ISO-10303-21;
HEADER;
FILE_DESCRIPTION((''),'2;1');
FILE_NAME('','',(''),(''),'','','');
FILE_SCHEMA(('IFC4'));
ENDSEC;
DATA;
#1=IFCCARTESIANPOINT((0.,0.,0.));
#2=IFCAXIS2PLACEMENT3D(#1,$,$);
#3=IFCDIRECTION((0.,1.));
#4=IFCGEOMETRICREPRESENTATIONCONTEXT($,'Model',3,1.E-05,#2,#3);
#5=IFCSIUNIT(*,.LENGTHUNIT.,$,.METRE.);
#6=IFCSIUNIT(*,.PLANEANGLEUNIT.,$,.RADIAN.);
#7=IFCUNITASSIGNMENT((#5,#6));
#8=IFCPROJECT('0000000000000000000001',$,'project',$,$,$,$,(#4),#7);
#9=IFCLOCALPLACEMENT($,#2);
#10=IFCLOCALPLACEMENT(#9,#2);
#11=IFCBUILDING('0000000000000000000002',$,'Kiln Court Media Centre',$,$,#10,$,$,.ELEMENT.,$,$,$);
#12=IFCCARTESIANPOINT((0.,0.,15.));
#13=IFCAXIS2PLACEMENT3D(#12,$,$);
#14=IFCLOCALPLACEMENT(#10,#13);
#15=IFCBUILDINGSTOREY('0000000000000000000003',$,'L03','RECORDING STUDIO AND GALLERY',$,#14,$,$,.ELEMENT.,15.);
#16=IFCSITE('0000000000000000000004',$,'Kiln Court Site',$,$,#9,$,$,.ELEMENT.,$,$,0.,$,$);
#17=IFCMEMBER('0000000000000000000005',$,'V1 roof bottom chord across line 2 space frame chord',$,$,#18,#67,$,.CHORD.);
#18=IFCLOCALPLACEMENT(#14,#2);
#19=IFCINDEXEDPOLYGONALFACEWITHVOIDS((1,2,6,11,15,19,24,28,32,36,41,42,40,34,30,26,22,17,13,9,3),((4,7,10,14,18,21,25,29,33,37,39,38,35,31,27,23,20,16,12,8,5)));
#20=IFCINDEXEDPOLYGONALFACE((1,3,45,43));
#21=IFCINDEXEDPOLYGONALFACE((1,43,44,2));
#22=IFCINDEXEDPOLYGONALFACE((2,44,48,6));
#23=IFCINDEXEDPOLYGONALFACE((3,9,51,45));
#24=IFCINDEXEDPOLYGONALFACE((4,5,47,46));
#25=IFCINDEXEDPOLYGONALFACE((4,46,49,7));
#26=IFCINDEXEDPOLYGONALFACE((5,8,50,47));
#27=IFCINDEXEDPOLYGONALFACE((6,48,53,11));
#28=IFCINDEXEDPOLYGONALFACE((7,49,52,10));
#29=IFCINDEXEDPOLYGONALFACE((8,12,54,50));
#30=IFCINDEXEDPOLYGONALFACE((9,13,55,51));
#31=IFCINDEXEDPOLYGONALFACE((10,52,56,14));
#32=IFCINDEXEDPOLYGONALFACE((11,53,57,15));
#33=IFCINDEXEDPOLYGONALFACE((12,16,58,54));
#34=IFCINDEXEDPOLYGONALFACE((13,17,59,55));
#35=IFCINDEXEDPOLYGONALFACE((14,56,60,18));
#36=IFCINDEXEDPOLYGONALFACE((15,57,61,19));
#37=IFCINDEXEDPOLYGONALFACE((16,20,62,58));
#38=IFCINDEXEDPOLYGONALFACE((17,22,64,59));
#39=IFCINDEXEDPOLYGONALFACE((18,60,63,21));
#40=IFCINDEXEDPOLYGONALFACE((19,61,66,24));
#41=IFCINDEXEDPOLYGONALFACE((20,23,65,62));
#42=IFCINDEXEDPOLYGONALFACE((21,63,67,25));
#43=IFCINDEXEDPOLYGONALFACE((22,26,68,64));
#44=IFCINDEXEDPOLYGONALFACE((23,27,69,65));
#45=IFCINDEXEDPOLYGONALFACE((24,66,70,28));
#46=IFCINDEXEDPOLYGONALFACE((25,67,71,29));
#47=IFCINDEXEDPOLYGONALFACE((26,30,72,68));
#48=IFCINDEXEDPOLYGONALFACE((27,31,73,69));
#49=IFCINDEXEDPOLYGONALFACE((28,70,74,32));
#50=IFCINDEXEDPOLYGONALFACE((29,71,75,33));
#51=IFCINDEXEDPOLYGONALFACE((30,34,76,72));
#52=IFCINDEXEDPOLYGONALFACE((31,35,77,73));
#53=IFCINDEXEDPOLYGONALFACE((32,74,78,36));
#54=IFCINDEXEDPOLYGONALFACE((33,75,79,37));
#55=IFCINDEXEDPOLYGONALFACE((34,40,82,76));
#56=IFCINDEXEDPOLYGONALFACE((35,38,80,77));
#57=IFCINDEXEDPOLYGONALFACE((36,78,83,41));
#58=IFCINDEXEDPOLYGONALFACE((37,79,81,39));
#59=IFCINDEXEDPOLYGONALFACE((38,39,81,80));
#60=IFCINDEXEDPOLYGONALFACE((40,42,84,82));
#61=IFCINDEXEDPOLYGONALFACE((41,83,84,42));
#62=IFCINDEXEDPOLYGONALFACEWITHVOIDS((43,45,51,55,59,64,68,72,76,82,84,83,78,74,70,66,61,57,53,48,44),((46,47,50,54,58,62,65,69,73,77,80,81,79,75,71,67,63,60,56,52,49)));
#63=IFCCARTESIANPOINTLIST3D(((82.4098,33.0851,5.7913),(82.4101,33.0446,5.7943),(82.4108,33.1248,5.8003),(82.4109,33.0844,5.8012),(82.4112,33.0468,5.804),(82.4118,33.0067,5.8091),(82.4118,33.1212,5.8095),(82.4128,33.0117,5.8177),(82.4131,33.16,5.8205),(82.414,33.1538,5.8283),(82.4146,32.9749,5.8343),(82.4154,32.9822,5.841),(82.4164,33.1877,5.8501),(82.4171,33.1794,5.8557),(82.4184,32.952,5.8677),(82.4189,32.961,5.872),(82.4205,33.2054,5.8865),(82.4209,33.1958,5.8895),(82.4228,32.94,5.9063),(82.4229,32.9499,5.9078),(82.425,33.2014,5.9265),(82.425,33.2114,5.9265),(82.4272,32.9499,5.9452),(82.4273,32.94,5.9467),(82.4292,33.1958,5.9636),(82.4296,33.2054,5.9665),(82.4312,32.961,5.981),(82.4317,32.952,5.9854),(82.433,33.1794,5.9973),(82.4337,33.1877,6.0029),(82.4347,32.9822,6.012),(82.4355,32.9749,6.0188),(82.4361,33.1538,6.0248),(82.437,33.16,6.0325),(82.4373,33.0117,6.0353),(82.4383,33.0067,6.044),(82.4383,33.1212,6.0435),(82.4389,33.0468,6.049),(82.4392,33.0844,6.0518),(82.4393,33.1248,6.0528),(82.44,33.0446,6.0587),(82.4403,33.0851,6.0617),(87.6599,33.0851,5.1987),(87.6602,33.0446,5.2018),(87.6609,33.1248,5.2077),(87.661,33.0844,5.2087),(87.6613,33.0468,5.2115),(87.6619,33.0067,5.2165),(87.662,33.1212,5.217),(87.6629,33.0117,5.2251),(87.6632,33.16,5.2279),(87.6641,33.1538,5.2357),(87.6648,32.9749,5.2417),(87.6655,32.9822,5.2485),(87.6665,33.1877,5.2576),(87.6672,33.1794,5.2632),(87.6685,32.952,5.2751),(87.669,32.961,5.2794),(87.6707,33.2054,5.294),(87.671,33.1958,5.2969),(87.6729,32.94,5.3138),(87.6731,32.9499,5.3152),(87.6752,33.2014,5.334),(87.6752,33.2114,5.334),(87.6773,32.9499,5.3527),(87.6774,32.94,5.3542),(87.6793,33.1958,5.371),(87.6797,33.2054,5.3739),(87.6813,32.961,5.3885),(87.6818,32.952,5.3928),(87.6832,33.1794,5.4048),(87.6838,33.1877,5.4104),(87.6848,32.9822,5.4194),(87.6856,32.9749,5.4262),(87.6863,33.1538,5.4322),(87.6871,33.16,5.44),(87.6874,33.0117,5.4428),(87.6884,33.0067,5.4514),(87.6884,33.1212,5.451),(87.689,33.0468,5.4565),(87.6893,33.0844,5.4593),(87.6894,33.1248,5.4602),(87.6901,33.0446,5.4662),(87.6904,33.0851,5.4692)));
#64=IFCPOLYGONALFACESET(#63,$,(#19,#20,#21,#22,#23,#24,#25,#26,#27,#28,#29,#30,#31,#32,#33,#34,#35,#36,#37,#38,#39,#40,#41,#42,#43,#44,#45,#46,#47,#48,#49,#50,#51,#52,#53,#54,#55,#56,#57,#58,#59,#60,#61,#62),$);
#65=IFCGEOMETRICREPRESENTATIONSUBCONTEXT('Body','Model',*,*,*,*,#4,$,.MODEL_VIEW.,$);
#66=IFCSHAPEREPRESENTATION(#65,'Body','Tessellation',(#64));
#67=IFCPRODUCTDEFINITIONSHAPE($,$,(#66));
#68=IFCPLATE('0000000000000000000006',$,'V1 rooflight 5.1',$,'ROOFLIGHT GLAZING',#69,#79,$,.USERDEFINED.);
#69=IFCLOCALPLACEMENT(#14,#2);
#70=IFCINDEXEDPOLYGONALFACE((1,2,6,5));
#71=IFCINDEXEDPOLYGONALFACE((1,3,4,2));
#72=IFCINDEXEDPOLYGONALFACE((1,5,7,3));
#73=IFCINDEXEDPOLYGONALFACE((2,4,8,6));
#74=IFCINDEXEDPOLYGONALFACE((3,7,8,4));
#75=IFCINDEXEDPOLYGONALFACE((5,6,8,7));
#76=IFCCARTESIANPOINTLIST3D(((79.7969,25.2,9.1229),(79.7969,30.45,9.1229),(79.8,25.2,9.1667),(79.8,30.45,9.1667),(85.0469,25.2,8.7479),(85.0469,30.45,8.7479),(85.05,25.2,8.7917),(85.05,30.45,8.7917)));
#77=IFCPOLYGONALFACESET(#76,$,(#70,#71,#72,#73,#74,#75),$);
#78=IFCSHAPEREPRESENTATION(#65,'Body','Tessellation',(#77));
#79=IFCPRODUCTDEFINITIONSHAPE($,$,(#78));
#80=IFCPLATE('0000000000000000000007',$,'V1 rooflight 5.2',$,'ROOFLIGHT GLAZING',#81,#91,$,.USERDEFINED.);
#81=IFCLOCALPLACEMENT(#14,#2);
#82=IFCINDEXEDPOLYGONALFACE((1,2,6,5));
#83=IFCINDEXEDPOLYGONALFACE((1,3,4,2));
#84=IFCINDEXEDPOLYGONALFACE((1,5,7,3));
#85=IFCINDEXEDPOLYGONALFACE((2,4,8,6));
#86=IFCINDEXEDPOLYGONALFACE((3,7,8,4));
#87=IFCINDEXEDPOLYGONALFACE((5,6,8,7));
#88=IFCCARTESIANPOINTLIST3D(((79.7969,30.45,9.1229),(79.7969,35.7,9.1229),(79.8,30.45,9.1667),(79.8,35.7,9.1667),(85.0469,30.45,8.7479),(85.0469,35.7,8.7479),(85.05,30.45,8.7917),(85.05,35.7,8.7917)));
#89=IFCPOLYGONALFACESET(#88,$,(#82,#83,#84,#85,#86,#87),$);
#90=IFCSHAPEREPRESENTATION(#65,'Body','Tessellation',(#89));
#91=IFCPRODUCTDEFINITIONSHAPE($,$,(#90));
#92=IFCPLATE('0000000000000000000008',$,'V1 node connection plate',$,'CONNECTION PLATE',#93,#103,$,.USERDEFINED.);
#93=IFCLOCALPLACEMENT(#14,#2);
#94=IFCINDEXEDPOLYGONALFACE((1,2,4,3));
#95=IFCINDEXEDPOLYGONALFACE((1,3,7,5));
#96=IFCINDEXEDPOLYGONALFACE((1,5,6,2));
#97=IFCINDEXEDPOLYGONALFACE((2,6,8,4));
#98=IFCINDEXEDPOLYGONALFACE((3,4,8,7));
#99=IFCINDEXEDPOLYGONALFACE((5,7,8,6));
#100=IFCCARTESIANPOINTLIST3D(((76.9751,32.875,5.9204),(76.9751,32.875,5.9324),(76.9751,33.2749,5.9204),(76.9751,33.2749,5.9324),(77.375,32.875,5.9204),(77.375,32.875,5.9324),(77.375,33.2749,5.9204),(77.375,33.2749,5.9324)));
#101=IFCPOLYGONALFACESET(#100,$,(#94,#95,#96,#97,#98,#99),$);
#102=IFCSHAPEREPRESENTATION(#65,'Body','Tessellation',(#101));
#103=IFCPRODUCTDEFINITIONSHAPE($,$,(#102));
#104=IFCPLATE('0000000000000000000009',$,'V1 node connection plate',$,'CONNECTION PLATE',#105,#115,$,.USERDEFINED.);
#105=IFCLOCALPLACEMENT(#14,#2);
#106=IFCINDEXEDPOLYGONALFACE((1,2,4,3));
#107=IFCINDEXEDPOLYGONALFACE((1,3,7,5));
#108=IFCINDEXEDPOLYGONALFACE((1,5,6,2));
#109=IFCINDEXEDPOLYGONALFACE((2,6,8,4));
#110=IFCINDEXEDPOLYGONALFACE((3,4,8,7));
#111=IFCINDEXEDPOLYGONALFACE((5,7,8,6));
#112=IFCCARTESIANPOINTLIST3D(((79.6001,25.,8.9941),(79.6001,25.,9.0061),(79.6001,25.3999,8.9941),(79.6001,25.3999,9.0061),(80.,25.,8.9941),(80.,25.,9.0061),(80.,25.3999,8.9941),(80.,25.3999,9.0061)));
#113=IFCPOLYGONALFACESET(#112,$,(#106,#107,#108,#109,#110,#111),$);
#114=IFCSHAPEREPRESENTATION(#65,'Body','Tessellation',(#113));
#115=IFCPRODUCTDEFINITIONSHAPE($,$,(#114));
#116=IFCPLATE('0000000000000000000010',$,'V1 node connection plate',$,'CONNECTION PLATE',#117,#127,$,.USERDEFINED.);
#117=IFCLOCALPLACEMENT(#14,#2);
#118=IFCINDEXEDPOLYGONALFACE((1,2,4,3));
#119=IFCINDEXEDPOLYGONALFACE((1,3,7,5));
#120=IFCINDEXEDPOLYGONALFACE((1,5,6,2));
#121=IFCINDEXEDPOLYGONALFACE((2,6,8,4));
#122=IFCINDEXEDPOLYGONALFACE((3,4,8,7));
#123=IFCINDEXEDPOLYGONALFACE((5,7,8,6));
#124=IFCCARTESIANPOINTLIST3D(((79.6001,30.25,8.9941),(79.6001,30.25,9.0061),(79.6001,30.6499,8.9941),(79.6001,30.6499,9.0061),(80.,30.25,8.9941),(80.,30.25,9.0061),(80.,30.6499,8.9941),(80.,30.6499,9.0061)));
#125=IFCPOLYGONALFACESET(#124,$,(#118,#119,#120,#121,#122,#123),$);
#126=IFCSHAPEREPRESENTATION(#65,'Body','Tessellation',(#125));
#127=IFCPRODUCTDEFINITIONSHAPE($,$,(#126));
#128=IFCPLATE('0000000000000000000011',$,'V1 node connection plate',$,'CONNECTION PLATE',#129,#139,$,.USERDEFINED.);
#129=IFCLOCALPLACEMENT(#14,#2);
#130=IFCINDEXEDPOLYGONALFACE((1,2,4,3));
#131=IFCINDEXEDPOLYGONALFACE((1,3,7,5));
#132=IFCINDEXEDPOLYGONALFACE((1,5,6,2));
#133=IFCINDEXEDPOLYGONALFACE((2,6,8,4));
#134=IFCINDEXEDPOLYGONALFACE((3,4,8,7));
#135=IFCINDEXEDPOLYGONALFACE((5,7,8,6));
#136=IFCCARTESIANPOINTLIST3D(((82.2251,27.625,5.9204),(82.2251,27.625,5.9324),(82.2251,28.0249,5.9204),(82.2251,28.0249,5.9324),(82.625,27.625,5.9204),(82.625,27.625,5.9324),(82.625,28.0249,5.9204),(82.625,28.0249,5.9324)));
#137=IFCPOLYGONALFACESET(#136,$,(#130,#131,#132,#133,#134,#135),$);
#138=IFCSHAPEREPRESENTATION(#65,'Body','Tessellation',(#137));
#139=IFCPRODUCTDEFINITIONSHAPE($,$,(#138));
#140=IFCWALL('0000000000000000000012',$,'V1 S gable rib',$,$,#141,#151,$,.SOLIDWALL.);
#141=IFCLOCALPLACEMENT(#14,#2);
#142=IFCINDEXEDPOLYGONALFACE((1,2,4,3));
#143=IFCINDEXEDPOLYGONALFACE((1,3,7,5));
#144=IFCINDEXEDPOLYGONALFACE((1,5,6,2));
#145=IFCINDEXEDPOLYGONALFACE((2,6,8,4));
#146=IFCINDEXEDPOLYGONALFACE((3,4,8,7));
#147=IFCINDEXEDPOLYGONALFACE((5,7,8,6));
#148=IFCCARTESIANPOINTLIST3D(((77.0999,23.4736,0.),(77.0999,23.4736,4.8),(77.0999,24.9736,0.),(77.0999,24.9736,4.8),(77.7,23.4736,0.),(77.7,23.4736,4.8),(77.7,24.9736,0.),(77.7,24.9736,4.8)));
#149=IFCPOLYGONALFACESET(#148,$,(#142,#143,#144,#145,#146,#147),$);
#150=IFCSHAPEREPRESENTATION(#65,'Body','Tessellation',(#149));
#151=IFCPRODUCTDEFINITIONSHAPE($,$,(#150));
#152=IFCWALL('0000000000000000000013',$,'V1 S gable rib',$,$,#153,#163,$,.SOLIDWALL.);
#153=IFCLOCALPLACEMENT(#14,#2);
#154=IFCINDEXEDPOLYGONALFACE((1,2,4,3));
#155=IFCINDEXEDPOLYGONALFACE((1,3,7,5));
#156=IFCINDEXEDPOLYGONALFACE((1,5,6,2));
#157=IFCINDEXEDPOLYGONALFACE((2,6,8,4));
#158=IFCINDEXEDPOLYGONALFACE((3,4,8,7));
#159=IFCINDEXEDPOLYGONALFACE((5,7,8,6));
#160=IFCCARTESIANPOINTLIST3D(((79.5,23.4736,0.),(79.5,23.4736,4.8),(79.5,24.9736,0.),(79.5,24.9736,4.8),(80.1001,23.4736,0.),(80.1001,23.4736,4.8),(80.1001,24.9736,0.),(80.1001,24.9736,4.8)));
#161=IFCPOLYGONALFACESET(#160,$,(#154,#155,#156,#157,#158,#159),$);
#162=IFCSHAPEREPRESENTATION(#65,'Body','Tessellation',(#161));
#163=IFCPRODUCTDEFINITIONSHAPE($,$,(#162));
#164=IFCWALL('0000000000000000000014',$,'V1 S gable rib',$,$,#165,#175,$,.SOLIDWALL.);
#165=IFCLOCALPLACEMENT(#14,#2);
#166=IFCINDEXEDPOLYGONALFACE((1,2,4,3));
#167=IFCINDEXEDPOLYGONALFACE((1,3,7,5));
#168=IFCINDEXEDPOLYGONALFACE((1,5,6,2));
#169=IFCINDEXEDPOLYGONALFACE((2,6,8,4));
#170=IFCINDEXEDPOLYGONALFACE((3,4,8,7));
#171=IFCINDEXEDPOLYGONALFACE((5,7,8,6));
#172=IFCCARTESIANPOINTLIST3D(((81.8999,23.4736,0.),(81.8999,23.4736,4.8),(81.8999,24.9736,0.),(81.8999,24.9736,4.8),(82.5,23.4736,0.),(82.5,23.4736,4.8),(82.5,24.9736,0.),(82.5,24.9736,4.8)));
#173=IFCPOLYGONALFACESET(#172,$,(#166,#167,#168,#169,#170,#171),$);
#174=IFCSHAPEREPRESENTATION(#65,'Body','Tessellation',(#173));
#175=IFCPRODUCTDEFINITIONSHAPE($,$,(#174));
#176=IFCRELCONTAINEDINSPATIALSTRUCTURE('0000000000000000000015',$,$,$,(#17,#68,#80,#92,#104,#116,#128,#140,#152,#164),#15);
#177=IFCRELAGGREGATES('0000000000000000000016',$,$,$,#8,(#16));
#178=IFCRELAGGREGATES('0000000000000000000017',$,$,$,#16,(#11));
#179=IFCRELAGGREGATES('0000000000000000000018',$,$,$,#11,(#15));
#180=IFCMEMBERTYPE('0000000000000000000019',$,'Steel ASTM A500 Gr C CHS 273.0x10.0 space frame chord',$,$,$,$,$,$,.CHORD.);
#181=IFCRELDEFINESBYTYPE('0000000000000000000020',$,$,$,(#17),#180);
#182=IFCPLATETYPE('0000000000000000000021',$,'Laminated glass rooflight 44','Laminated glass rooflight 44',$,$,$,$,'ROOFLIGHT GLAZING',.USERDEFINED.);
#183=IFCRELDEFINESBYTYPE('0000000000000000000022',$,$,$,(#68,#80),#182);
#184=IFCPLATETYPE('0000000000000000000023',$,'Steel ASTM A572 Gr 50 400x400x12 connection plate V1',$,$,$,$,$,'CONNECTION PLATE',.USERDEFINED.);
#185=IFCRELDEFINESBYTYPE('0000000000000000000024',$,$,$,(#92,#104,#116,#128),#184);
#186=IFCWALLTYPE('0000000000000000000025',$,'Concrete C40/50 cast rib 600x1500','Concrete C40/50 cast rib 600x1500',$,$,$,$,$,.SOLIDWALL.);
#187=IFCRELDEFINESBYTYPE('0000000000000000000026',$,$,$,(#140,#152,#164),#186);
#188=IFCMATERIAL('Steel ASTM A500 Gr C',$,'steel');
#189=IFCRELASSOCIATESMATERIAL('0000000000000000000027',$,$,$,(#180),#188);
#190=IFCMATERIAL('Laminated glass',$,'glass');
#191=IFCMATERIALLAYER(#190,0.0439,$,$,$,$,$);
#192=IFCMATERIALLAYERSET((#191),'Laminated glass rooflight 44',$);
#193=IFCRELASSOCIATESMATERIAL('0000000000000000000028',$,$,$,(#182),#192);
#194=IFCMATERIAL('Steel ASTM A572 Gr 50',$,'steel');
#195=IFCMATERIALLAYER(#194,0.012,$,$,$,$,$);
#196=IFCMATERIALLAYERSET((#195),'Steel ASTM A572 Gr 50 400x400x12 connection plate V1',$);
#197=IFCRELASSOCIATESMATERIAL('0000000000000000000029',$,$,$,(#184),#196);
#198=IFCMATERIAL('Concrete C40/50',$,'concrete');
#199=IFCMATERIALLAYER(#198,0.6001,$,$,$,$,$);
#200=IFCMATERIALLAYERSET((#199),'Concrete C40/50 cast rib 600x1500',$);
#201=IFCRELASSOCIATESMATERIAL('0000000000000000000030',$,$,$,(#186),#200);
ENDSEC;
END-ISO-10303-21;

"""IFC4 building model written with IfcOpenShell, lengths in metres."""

from ifc_helpers import new_model, si_unit, direction, frame, frame_2d, origin, origin_2d, place, context, subcontext, project, spatial, polyline, rectangle, hollow_circle, outline, extrude, material, layer, layer_set, material_profile, profile_set, type_object, element, save


model = new_model("IFC4")

# Units and contexts
model_context = context("Model", 3, precision=1e-05, world=origin(), true_north=direction((0.0, 1.0)))
body_context = subcontext(model_context, "Body", "Model", "MODEL_VIEW")
ifc_project = project(units=[si_unit("LENGTHUNIT", "METRE"), si_unit("PLANEANGLEUNIT", "RADIAN")], contexts=[model_context])

# Site, building, storey
site_placement = place(None, origin())
site = spatial("IfcSite", under=ifc_project, at=site_placement, Name="Kiln Court Site", CompositionType="ELEMENT", RefElevation=0.0)
building_placement = place(site_placement, origin())
building = spatial("IfcBuilding", under=site, at=building_placement, Name="Kiln Court Media Centre", CompositionType="ELEMENT")
storey_placement = place(building_placement, frame((0.0, 0.0, 15.0)))
storey = spatial("IfcBuildingStorey", under=building, at=storey_placement, Name="L03", Description="RECORDING STUDIO AND GALLERY", CompositionType="ELEMENT", Elevation=15.0)

# Member
ifc_material_1 = material(Name="Steel ASTM A500 Gr C", Category="steel")
ifc_material_profile_1 = material_profile(ifc_material_1, hollow_circle(Radius=0.1365, WallThickness=0.01, at=origin_2d()), Name="CHS 273.0x10.0")
ifc_profile_set_1 = profile_set([ifc_material_profile_1], Name="Steel ASTM A500 Gr C")
member_type_1 = type_object("IfcMemberType", Name="Steel ASTM A500 Gr C CHS 273.0x10.0 space frame chord", PredefinedType="CHORD", material=ifc_profile_set_1)
for number, where, z_axis, x_axis, name in (
    (1, (82.425, 33.075, 5.9265), (0.993691, 0.0, -0.112151), (0.0, 1.0, 0.0), "V1 roof bottom chord across line 2 space frame chord"),
):
    element("IfcMember", number, at=place(storey_placement, frame(where, z_axis=z_axis, x_axis=x_axis)), inside=storey, type_object=member_type_1, Name=name, PredefinedType="CHORD", context=body_context, shape_type="SweptSolid", body=[
        extrude(hollow_circle(Radius=0.1365, WallThickness=0.01, at=origin_2d()), origin(), (0.0, 0.0, 1.0), 5.2834),
    ])

# Plates
ifc_material_2 = material(Name="Laminated glass", Category="glass")
ifc_layer_1 = layer(ifc_material_2, 0.0439)
ifc_layer_set_1 = layer_set([ifc_layer_1], Name="Laminated glass rooflight 44")
plate_type_1 = type_object("IfcPlateType", Name="Laminated glass rooflight 44", Description="Laminated glass rooflight 44", ElementType="ROOFLIGHT GLAZING", PredefinedType="USERDEFINED", material=ifc_layer_set_1)
for number, where, z_axis, x_axis, name in (
    (2, (79.8, 25.2, 9.1667), (0.071247, 0.0, 0.997459), (0.997459, 0.0, -0.071247), "V1 rooflight 5.1"),
    (3, (79.8, 30.45, 9.1667), (0.071247, 0.0, 0.997459), (0.997459, 0.0, -0.071247), "V1 rooflight 5.2"),
):
    element("IfcPlate", number, at=place(storey_placement, frame(where, z_axis=z_axis, x_axis=x_axis)), inside=storey, type_object=plate_type_1, Name=name, ObjectType="ROOFLIGHT GLAZING", PredefinedType="USERDEFINED", context=body_context, shape_type="SweptSolid", body=[
        extrude(outline(polyline([(0.0, 0.0), (5.2634, 0.0), (5.2634, 5.25), (0.0, 5.25), (0.0, 0.0)])), origin(), (0.0, 0.0, -1.0), 0.0439),
    ])
ifc_material_3 = material(Name="Steel ASTM A572 Gr 50", Category="steel")
ifc_layer_2 = layer(ifc_material_3, 0.012)
ifc_layer_set_2 = layer_set([ifc_layer_2], Name="Steel ASTM A572 Gr 50 400x400x12 connection plate V1")
plate_type_2 = type_object("IfcPlateType", Name="Steel ASTM A572 Gr 50 400x400x12 connection plate V1", ElementType="CONNECTION PLATE", PredefinedType="USERDEFINED", material=ifc_layer_set_2)
for number, where, z_axis, x_axis, name in (
    (4, (77.175, 33.075, 5.9204), (0.0, 0.0, 1.0), (1.0, 0.0, 0.0), "V1 node connection plate"),
    (5, (79.8, 25.2, 8.9941), (0.0, 0.0, 1.0), (1.0, 0.0, 0.0), "V1 node connection plate"),
    (6, (79.8, 30.45, 8.9941), (0.0, 0.0, 1.0), (1.0, 0.0, 0.0), "V1 node connection plate"),
    (7, (82.425, 27.825, 5.9204), (0.0, 0.0, 1.0), (1.0, 0.0, 0.0), "V1 node connection plate"),
):
    element("IfcPlate", number, at=place(storey_placement, frame(where, z_axis=z_axis, x_axis=x_axis)), inside=storey, type_object=plate_type_2, Name=name, ObjectType="CONNECTION PLATE", PredefinedType="USERDEFINED", context=body_context, shape_type="SweptSolid", body=[
        extrude(rectangle(XDim=0.3999, YDim=0.3999, at=origin_2d()), origin(), (0.0, 0.0, 1.0), 0.012),
    ])

# Walls
ifc_material_4 = material(Name="Concrete C40/50", Category="concrete")
ifc_layer_3 = layer(ifc_material_4, 0.6001)
ifc_layer_set_3 = layer_set([ifc_layer_3], Name="Concrete C40/50 cast rib 600x1500")
wall_type = type_object("IfcWallType", Name="Concrete C40/50 cast rib 600x1500", Description="Concrete C40/50 cast rib 600x1500", PredefinedType="SOLIDWALL", material=ifc_layer_set_3)
for number, where, z_axis, x_axis, name in (
    (8, (77.3999, 24.9736, 0.0), (0.0, 0.0, 1.0), (0.0, -1.0, 0.0), "V1 S gable rib"),
    (9, (79.8, 24.9736, 0.0), (0.0, 0.0, 1.0), (0.0, -1.0, 0.0), "V1 S gable rib"),
    (10, (82.2, 24.9736, 0.0), (0.0, 0.0, 1.0), (0.0, -1.0, 0.0), "V1 S gable rib"),
):
    element("IfcWall", number, at=place(storey_placement, frame(where, z_axis=z_axis, x_axis=x_axis)), inside=storey, type_object=wall_type, Name=name, PredefinedType="SOLIDWALL", context=body_context, shape_type="SweptSolid", body=[
        extrude(rectangle(XDim=1.5, YDim=0.6001, at=frame_2d((0.75, 0.0))), origin(), (0.0, 0.0, 1.0), 4.8),
    ])

save(model, "model.ifc")
